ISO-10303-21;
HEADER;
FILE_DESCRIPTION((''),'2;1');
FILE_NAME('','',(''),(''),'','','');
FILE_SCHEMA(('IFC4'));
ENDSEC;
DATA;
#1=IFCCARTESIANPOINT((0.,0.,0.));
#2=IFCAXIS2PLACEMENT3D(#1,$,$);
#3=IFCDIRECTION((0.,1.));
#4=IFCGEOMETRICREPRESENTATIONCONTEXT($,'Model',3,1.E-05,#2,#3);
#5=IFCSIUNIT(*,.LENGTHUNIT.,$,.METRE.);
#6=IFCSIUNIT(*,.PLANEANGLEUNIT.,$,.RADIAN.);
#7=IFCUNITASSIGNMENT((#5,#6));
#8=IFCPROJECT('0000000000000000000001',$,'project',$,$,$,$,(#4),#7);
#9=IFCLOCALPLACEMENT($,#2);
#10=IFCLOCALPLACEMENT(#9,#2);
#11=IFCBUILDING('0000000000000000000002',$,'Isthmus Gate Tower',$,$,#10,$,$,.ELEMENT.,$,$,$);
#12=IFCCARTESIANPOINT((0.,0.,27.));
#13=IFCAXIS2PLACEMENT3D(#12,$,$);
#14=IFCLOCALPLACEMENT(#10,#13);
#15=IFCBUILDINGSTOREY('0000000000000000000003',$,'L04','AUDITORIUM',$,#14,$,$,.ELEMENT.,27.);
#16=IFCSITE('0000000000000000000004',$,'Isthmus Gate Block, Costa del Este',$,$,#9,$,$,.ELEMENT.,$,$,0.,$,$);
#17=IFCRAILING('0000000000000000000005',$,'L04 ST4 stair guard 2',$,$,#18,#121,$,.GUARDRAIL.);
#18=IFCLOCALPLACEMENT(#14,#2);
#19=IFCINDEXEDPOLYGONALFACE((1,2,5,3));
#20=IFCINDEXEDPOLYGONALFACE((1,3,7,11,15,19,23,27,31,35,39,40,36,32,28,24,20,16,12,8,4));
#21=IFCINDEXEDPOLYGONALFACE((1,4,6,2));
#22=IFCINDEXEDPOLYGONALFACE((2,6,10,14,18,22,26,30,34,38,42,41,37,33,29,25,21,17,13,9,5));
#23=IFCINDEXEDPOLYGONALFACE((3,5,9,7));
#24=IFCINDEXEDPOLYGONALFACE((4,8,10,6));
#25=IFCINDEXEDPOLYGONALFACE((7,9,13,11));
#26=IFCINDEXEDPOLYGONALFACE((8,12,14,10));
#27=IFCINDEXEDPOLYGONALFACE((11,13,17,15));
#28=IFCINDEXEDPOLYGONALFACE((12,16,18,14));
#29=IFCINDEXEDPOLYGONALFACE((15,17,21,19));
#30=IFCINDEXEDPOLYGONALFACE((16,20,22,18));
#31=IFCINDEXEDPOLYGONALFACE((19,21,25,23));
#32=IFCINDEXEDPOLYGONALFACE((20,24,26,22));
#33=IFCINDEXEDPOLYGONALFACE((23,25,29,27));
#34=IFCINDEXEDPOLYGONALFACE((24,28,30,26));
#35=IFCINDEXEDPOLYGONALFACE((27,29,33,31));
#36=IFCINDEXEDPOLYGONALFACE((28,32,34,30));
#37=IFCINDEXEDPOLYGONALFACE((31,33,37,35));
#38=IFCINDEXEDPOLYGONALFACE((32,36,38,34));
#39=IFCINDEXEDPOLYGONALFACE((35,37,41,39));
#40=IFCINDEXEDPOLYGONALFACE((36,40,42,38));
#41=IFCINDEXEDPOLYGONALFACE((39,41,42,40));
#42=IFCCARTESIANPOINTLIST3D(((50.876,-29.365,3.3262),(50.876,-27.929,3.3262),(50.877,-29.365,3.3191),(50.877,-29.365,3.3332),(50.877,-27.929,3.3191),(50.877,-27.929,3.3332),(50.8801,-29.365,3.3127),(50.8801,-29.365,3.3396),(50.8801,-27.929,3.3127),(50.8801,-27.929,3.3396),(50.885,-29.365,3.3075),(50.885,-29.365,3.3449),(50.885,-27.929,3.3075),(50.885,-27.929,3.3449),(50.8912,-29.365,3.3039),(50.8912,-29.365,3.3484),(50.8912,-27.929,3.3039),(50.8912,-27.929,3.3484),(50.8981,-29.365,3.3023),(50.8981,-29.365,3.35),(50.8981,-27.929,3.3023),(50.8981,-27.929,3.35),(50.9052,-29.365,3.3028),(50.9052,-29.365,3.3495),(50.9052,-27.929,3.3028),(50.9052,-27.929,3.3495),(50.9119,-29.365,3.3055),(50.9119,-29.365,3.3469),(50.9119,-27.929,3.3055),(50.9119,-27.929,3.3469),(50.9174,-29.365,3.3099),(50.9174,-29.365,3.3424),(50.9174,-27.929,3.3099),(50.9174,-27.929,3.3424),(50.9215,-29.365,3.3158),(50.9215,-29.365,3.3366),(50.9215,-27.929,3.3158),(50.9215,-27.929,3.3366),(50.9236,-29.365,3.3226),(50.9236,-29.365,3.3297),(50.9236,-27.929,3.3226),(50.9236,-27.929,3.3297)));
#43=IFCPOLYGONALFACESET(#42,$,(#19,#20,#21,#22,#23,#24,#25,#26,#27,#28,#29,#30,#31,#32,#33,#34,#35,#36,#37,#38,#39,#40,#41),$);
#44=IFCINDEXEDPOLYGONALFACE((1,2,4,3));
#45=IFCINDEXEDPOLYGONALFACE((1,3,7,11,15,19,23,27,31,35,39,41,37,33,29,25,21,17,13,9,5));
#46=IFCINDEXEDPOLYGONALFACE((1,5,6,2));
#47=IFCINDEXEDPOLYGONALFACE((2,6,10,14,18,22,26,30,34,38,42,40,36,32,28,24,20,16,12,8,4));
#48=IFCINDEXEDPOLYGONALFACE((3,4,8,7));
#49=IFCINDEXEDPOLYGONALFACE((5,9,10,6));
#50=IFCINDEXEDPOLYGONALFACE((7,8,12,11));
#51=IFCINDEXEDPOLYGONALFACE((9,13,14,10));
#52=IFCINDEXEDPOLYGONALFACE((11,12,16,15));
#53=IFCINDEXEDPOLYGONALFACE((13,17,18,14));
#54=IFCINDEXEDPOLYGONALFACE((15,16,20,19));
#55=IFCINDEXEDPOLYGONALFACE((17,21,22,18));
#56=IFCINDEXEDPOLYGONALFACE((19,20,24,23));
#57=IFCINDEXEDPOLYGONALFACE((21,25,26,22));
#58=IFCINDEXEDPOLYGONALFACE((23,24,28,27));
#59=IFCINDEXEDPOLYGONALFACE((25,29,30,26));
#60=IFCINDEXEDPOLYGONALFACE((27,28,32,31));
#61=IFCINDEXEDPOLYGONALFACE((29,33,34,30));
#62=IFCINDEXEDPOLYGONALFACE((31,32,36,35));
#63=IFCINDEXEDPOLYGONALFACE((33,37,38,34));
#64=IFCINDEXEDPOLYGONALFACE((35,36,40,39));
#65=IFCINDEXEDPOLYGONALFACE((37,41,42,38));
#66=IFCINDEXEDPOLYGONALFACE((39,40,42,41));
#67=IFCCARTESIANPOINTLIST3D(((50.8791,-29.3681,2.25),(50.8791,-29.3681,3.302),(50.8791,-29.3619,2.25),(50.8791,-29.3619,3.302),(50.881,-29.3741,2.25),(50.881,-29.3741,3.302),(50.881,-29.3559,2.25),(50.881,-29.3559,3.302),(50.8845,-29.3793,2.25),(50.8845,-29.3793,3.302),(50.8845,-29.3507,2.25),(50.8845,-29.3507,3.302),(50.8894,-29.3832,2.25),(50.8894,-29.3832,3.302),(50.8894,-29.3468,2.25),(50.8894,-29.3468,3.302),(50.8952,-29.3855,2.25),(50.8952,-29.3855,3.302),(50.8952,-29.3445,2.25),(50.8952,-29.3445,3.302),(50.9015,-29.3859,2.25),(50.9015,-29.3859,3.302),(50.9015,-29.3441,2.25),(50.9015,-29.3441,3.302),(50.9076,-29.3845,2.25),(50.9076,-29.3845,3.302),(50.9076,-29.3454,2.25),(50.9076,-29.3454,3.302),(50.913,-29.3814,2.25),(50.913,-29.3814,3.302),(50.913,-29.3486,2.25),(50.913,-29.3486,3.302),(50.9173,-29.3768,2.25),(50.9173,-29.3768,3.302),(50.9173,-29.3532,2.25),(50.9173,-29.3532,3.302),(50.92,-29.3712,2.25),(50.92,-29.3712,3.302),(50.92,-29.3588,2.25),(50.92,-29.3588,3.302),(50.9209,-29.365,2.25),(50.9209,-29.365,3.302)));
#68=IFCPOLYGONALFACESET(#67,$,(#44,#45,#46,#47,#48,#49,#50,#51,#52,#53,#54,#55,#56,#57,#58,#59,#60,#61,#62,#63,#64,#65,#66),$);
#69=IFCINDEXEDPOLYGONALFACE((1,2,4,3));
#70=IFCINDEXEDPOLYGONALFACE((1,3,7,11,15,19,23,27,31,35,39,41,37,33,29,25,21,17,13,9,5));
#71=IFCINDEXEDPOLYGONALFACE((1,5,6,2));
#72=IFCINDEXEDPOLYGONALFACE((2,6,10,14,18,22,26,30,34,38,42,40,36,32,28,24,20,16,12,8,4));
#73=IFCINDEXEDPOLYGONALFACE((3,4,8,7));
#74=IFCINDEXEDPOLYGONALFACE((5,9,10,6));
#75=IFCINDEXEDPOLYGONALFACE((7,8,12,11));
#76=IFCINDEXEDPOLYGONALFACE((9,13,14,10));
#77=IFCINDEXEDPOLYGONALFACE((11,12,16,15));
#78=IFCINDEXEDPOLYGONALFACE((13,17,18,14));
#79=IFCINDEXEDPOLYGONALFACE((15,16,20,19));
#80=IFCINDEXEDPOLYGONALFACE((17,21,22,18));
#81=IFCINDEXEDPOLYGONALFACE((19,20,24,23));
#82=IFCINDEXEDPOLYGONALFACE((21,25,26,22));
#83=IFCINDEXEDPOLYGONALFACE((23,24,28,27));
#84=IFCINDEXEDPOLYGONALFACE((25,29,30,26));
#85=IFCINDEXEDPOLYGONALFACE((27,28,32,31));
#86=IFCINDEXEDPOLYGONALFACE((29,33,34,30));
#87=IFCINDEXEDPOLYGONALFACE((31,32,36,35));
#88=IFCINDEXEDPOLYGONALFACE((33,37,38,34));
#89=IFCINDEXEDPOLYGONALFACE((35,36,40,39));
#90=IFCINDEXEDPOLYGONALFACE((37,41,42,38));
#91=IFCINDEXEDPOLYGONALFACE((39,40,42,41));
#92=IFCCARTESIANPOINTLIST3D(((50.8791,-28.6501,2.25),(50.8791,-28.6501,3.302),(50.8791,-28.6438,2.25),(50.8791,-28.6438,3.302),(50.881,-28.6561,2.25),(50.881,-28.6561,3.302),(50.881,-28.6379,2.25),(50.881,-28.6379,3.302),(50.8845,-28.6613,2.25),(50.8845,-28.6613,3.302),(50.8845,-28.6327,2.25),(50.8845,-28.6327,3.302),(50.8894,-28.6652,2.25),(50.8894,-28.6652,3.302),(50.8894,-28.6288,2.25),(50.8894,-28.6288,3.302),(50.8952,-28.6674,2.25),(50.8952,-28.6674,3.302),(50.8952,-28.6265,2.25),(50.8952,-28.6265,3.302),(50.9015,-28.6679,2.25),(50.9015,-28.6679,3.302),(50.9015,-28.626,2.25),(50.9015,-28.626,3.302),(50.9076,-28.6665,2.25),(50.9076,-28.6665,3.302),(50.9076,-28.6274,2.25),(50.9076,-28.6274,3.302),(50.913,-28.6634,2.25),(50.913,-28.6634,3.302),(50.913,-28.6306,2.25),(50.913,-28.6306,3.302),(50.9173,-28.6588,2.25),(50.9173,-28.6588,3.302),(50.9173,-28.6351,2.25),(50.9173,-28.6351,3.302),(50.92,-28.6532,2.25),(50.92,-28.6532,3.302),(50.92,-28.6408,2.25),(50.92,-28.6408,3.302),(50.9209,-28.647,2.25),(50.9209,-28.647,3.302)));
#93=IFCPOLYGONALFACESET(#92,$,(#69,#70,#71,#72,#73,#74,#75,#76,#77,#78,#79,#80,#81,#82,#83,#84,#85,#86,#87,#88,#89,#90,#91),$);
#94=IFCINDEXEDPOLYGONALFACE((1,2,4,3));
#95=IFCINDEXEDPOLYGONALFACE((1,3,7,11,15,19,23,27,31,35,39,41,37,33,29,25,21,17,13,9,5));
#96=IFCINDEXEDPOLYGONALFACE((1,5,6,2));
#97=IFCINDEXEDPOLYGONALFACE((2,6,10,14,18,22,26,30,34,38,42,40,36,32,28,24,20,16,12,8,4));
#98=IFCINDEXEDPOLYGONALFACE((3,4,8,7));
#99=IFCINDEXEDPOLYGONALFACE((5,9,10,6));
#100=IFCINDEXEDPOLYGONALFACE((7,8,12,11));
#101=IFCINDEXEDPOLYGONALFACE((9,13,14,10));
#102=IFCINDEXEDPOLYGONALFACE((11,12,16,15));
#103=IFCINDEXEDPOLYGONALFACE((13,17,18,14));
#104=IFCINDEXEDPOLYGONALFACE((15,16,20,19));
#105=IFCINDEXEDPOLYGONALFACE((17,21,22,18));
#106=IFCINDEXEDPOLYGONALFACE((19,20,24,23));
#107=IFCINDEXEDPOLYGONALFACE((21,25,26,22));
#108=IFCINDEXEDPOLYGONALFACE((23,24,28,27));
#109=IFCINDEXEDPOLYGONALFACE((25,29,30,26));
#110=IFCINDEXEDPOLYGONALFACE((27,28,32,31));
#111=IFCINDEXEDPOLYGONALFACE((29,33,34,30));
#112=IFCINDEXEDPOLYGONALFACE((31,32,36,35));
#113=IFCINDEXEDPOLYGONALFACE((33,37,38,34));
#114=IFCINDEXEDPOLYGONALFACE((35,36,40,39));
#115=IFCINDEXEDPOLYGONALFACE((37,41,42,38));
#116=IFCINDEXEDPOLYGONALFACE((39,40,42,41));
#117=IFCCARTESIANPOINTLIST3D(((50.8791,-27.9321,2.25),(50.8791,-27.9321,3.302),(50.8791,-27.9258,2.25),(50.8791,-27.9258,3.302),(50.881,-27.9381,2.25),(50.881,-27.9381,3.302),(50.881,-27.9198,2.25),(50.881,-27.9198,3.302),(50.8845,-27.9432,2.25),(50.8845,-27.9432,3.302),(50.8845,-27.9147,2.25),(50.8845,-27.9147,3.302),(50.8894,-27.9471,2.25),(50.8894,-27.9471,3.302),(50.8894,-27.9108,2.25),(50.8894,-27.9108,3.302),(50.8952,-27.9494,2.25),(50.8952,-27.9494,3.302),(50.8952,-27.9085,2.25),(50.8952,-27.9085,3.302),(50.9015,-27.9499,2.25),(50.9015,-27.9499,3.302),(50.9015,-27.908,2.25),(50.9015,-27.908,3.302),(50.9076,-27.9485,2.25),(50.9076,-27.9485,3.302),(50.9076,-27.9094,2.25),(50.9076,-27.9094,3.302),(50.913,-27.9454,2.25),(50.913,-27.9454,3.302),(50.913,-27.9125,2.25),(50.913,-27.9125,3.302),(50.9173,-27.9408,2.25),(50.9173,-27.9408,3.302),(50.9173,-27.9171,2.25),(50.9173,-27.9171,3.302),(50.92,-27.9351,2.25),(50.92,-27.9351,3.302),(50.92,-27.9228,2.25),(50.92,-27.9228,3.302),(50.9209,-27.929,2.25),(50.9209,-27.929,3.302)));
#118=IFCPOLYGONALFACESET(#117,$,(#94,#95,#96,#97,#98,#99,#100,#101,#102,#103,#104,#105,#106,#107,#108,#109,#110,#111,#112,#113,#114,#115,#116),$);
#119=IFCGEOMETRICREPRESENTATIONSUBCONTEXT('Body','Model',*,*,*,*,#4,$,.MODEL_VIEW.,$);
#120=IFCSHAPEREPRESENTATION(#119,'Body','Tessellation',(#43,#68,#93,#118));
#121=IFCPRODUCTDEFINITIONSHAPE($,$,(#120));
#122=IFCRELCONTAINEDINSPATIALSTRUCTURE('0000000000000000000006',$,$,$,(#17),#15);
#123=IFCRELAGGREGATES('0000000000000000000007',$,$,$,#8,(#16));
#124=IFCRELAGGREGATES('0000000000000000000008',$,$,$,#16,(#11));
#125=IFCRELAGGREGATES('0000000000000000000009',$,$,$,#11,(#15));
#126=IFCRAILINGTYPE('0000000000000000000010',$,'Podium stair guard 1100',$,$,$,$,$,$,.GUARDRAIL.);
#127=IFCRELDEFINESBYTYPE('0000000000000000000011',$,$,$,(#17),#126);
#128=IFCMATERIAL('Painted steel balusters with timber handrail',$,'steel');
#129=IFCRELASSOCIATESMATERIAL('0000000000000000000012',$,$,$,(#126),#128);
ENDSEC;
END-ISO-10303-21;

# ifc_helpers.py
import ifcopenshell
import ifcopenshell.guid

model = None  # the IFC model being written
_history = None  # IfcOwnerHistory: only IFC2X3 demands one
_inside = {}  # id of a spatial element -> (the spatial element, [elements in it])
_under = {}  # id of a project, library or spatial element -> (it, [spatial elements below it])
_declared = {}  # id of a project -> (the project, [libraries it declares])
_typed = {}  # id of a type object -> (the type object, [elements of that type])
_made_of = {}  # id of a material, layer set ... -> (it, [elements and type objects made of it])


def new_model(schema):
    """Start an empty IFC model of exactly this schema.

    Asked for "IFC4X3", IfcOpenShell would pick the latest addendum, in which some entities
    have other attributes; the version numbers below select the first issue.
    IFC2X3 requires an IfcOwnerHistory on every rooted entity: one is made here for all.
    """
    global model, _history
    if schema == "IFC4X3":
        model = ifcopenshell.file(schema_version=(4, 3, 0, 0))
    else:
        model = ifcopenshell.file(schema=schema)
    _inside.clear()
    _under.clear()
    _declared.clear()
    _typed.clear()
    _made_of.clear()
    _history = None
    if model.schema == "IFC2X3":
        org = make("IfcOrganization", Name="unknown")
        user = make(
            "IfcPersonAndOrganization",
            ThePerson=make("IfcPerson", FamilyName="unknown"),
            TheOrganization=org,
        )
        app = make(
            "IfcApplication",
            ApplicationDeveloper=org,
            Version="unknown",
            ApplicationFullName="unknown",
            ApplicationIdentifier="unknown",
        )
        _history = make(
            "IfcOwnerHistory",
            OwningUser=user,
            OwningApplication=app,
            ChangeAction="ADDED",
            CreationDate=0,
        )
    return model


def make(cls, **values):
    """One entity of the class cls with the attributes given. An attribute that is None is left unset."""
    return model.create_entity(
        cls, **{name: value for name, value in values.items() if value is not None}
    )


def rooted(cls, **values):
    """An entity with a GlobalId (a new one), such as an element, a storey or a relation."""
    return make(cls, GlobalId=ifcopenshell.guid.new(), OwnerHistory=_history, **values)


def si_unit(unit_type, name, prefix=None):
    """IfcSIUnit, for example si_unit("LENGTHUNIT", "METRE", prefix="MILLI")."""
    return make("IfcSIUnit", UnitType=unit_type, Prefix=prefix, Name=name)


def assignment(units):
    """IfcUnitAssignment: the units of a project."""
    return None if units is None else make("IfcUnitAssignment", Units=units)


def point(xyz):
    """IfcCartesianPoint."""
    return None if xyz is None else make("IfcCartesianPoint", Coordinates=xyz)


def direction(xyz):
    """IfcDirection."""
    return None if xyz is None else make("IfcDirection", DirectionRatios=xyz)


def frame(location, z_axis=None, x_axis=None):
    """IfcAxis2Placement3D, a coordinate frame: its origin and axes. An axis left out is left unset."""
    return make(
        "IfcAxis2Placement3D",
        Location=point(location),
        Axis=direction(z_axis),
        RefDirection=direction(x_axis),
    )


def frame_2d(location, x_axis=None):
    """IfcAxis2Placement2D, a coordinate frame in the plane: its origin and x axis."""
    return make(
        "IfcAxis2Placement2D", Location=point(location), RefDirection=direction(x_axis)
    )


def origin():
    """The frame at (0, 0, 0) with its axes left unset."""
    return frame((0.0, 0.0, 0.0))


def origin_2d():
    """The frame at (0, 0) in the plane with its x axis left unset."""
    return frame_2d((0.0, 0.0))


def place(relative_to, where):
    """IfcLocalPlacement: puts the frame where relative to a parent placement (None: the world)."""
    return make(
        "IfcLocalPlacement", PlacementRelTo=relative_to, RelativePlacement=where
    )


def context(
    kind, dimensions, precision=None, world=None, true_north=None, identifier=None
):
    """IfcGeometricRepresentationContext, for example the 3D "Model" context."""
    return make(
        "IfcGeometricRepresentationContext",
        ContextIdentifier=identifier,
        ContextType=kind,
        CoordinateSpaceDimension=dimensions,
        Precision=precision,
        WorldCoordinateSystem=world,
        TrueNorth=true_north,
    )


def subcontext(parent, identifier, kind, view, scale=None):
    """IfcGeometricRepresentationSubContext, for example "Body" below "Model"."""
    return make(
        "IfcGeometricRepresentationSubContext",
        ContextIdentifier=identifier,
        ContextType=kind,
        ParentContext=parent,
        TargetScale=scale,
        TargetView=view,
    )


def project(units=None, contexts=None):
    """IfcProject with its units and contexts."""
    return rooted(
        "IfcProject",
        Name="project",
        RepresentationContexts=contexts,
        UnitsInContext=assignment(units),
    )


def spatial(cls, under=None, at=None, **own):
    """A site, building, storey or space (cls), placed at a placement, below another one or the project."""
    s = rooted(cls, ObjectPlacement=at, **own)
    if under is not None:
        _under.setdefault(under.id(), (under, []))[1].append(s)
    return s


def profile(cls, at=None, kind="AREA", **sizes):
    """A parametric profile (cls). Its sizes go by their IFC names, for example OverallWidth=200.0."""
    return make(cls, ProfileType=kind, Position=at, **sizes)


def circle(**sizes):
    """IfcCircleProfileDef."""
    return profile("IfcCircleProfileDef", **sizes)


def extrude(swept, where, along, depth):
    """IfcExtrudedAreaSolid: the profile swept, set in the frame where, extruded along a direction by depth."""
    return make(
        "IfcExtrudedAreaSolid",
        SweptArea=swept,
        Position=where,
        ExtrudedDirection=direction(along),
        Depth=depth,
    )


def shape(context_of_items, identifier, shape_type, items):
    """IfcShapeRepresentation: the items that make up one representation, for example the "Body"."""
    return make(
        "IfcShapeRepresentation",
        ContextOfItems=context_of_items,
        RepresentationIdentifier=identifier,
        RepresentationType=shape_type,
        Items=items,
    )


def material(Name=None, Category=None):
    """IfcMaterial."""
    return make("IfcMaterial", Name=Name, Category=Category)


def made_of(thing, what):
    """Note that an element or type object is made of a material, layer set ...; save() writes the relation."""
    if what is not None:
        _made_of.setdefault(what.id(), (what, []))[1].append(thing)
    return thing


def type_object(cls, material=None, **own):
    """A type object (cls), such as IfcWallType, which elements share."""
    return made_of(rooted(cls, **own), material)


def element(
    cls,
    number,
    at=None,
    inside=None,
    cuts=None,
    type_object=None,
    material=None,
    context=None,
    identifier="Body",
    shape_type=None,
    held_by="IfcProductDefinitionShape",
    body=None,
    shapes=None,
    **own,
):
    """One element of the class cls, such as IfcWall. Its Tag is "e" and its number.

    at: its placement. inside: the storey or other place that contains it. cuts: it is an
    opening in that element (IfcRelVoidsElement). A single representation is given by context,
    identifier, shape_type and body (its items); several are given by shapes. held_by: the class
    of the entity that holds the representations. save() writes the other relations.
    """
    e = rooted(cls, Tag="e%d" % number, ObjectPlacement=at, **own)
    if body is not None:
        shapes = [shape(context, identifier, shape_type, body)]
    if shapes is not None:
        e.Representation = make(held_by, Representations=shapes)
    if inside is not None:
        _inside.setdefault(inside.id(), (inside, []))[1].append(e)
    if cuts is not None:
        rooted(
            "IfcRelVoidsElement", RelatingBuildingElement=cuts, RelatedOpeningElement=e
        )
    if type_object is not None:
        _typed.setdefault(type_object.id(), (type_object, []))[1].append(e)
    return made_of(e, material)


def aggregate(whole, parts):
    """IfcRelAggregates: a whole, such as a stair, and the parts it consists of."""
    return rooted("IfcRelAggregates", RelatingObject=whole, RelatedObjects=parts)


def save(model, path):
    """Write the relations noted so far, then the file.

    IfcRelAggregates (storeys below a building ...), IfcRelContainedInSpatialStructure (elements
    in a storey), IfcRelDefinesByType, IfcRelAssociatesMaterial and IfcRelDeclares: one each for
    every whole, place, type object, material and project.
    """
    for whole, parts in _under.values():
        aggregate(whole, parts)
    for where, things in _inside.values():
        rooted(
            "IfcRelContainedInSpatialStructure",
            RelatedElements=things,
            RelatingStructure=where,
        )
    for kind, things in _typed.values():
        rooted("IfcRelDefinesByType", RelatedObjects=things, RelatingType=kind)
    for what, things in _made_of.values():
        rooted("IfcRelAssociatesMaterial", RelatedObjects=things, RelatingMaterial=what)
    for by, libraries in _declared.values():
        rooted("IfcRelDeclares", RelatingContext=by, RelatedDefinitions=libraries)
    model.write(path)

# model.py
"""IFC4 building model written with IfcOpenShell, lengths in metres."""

from ifc_helpers import new_model, si_unit, direction, frame, origin, origin_2d, place, context, subcontext, project, spatial, circle, extrude, material, type_object, element, save


model = new_model("IFC4")

# Units and contexts
model_context = context("Model", 3, precision=1e-05, world=origin(), true_north=direction((0.0, 1.0)))
body_context = subcontext(model_context, "Body", "Model", "MODEL_VIEW")
ifc_project = project(units=[si_unit("LENGTHUNIT", "METRE"), si_unit("PLANEANGLEUNIT", "RADIAN")], contexts=[model_context])

# Site, building, storey
site_placement = place(None, origin())
site = spatial("IfcSite", under=ifc_project, at=site_placement, Name="Isthmus Gate Block, Costa del Este", CompositionType="ELEMENT", RefElevation=0.0)
building_placement = place(site_placement, origin())
building = spatial("IfcBuilding", under=site, at=building_placement, Name="Isthmus Gate Tower", CompositionType="ELEMENT")
storey_placement = place(building_placement, frame((0.0, 0.0, 27.0)))
storey = spatial("IfcBuildingStorey", under=building, at=storey_placement, Name="L04", Description="AUDITORIUM", CompositionType="ELEMENT", Elevation=27.0)

# Railing
ifc_material_1 = material(Name="Painted steel balusters with timber handrail", Category="steel")
railing_type_1 = type_object("IfcRailingType", Name="Podium stair guard 1100", PredefinedType="GUARDRAIL", material=ifc_material_1)
railing_1_placement = place(storey_placement, frame((50.8999, -29.365, 2.25)))
element("IfcRailing", 1, at=railing_1_placement, inside=storey, type_object=railing_type_1, Name="L04 ST4 stair guard 2", PredefinedType="GUARDRAIL", context=body_context, shape_type="SweptSolid", body=[
    extrude(circle(Radius=0.0239, at=origin_2d()), frame((0.0, 0.0, 1.0762), z_axis=(0.0, 1.0, 0.0), x_axis=(-1.0, 0.0, 0.0)), (0.0, 0.0, 1.0), 1.436),
    extrude(circle(Radius=0.021, at=origin_2d()), origin(), (0.0, 0.0, 1.0), 1.052),
    extrude(circle(Radius=0.021, at=origin_2d()), frame((0.0, 0.718, 0.0)), (0.0, 0.0, 1.0), 1.052),
    extrude(circle(Radius=0.021, at=origin_2d()), frame((0.0, 1.436, 0.0)), (0.0, 0.0, 1.0), 1.052),
])

save(model, "model.ifc")
